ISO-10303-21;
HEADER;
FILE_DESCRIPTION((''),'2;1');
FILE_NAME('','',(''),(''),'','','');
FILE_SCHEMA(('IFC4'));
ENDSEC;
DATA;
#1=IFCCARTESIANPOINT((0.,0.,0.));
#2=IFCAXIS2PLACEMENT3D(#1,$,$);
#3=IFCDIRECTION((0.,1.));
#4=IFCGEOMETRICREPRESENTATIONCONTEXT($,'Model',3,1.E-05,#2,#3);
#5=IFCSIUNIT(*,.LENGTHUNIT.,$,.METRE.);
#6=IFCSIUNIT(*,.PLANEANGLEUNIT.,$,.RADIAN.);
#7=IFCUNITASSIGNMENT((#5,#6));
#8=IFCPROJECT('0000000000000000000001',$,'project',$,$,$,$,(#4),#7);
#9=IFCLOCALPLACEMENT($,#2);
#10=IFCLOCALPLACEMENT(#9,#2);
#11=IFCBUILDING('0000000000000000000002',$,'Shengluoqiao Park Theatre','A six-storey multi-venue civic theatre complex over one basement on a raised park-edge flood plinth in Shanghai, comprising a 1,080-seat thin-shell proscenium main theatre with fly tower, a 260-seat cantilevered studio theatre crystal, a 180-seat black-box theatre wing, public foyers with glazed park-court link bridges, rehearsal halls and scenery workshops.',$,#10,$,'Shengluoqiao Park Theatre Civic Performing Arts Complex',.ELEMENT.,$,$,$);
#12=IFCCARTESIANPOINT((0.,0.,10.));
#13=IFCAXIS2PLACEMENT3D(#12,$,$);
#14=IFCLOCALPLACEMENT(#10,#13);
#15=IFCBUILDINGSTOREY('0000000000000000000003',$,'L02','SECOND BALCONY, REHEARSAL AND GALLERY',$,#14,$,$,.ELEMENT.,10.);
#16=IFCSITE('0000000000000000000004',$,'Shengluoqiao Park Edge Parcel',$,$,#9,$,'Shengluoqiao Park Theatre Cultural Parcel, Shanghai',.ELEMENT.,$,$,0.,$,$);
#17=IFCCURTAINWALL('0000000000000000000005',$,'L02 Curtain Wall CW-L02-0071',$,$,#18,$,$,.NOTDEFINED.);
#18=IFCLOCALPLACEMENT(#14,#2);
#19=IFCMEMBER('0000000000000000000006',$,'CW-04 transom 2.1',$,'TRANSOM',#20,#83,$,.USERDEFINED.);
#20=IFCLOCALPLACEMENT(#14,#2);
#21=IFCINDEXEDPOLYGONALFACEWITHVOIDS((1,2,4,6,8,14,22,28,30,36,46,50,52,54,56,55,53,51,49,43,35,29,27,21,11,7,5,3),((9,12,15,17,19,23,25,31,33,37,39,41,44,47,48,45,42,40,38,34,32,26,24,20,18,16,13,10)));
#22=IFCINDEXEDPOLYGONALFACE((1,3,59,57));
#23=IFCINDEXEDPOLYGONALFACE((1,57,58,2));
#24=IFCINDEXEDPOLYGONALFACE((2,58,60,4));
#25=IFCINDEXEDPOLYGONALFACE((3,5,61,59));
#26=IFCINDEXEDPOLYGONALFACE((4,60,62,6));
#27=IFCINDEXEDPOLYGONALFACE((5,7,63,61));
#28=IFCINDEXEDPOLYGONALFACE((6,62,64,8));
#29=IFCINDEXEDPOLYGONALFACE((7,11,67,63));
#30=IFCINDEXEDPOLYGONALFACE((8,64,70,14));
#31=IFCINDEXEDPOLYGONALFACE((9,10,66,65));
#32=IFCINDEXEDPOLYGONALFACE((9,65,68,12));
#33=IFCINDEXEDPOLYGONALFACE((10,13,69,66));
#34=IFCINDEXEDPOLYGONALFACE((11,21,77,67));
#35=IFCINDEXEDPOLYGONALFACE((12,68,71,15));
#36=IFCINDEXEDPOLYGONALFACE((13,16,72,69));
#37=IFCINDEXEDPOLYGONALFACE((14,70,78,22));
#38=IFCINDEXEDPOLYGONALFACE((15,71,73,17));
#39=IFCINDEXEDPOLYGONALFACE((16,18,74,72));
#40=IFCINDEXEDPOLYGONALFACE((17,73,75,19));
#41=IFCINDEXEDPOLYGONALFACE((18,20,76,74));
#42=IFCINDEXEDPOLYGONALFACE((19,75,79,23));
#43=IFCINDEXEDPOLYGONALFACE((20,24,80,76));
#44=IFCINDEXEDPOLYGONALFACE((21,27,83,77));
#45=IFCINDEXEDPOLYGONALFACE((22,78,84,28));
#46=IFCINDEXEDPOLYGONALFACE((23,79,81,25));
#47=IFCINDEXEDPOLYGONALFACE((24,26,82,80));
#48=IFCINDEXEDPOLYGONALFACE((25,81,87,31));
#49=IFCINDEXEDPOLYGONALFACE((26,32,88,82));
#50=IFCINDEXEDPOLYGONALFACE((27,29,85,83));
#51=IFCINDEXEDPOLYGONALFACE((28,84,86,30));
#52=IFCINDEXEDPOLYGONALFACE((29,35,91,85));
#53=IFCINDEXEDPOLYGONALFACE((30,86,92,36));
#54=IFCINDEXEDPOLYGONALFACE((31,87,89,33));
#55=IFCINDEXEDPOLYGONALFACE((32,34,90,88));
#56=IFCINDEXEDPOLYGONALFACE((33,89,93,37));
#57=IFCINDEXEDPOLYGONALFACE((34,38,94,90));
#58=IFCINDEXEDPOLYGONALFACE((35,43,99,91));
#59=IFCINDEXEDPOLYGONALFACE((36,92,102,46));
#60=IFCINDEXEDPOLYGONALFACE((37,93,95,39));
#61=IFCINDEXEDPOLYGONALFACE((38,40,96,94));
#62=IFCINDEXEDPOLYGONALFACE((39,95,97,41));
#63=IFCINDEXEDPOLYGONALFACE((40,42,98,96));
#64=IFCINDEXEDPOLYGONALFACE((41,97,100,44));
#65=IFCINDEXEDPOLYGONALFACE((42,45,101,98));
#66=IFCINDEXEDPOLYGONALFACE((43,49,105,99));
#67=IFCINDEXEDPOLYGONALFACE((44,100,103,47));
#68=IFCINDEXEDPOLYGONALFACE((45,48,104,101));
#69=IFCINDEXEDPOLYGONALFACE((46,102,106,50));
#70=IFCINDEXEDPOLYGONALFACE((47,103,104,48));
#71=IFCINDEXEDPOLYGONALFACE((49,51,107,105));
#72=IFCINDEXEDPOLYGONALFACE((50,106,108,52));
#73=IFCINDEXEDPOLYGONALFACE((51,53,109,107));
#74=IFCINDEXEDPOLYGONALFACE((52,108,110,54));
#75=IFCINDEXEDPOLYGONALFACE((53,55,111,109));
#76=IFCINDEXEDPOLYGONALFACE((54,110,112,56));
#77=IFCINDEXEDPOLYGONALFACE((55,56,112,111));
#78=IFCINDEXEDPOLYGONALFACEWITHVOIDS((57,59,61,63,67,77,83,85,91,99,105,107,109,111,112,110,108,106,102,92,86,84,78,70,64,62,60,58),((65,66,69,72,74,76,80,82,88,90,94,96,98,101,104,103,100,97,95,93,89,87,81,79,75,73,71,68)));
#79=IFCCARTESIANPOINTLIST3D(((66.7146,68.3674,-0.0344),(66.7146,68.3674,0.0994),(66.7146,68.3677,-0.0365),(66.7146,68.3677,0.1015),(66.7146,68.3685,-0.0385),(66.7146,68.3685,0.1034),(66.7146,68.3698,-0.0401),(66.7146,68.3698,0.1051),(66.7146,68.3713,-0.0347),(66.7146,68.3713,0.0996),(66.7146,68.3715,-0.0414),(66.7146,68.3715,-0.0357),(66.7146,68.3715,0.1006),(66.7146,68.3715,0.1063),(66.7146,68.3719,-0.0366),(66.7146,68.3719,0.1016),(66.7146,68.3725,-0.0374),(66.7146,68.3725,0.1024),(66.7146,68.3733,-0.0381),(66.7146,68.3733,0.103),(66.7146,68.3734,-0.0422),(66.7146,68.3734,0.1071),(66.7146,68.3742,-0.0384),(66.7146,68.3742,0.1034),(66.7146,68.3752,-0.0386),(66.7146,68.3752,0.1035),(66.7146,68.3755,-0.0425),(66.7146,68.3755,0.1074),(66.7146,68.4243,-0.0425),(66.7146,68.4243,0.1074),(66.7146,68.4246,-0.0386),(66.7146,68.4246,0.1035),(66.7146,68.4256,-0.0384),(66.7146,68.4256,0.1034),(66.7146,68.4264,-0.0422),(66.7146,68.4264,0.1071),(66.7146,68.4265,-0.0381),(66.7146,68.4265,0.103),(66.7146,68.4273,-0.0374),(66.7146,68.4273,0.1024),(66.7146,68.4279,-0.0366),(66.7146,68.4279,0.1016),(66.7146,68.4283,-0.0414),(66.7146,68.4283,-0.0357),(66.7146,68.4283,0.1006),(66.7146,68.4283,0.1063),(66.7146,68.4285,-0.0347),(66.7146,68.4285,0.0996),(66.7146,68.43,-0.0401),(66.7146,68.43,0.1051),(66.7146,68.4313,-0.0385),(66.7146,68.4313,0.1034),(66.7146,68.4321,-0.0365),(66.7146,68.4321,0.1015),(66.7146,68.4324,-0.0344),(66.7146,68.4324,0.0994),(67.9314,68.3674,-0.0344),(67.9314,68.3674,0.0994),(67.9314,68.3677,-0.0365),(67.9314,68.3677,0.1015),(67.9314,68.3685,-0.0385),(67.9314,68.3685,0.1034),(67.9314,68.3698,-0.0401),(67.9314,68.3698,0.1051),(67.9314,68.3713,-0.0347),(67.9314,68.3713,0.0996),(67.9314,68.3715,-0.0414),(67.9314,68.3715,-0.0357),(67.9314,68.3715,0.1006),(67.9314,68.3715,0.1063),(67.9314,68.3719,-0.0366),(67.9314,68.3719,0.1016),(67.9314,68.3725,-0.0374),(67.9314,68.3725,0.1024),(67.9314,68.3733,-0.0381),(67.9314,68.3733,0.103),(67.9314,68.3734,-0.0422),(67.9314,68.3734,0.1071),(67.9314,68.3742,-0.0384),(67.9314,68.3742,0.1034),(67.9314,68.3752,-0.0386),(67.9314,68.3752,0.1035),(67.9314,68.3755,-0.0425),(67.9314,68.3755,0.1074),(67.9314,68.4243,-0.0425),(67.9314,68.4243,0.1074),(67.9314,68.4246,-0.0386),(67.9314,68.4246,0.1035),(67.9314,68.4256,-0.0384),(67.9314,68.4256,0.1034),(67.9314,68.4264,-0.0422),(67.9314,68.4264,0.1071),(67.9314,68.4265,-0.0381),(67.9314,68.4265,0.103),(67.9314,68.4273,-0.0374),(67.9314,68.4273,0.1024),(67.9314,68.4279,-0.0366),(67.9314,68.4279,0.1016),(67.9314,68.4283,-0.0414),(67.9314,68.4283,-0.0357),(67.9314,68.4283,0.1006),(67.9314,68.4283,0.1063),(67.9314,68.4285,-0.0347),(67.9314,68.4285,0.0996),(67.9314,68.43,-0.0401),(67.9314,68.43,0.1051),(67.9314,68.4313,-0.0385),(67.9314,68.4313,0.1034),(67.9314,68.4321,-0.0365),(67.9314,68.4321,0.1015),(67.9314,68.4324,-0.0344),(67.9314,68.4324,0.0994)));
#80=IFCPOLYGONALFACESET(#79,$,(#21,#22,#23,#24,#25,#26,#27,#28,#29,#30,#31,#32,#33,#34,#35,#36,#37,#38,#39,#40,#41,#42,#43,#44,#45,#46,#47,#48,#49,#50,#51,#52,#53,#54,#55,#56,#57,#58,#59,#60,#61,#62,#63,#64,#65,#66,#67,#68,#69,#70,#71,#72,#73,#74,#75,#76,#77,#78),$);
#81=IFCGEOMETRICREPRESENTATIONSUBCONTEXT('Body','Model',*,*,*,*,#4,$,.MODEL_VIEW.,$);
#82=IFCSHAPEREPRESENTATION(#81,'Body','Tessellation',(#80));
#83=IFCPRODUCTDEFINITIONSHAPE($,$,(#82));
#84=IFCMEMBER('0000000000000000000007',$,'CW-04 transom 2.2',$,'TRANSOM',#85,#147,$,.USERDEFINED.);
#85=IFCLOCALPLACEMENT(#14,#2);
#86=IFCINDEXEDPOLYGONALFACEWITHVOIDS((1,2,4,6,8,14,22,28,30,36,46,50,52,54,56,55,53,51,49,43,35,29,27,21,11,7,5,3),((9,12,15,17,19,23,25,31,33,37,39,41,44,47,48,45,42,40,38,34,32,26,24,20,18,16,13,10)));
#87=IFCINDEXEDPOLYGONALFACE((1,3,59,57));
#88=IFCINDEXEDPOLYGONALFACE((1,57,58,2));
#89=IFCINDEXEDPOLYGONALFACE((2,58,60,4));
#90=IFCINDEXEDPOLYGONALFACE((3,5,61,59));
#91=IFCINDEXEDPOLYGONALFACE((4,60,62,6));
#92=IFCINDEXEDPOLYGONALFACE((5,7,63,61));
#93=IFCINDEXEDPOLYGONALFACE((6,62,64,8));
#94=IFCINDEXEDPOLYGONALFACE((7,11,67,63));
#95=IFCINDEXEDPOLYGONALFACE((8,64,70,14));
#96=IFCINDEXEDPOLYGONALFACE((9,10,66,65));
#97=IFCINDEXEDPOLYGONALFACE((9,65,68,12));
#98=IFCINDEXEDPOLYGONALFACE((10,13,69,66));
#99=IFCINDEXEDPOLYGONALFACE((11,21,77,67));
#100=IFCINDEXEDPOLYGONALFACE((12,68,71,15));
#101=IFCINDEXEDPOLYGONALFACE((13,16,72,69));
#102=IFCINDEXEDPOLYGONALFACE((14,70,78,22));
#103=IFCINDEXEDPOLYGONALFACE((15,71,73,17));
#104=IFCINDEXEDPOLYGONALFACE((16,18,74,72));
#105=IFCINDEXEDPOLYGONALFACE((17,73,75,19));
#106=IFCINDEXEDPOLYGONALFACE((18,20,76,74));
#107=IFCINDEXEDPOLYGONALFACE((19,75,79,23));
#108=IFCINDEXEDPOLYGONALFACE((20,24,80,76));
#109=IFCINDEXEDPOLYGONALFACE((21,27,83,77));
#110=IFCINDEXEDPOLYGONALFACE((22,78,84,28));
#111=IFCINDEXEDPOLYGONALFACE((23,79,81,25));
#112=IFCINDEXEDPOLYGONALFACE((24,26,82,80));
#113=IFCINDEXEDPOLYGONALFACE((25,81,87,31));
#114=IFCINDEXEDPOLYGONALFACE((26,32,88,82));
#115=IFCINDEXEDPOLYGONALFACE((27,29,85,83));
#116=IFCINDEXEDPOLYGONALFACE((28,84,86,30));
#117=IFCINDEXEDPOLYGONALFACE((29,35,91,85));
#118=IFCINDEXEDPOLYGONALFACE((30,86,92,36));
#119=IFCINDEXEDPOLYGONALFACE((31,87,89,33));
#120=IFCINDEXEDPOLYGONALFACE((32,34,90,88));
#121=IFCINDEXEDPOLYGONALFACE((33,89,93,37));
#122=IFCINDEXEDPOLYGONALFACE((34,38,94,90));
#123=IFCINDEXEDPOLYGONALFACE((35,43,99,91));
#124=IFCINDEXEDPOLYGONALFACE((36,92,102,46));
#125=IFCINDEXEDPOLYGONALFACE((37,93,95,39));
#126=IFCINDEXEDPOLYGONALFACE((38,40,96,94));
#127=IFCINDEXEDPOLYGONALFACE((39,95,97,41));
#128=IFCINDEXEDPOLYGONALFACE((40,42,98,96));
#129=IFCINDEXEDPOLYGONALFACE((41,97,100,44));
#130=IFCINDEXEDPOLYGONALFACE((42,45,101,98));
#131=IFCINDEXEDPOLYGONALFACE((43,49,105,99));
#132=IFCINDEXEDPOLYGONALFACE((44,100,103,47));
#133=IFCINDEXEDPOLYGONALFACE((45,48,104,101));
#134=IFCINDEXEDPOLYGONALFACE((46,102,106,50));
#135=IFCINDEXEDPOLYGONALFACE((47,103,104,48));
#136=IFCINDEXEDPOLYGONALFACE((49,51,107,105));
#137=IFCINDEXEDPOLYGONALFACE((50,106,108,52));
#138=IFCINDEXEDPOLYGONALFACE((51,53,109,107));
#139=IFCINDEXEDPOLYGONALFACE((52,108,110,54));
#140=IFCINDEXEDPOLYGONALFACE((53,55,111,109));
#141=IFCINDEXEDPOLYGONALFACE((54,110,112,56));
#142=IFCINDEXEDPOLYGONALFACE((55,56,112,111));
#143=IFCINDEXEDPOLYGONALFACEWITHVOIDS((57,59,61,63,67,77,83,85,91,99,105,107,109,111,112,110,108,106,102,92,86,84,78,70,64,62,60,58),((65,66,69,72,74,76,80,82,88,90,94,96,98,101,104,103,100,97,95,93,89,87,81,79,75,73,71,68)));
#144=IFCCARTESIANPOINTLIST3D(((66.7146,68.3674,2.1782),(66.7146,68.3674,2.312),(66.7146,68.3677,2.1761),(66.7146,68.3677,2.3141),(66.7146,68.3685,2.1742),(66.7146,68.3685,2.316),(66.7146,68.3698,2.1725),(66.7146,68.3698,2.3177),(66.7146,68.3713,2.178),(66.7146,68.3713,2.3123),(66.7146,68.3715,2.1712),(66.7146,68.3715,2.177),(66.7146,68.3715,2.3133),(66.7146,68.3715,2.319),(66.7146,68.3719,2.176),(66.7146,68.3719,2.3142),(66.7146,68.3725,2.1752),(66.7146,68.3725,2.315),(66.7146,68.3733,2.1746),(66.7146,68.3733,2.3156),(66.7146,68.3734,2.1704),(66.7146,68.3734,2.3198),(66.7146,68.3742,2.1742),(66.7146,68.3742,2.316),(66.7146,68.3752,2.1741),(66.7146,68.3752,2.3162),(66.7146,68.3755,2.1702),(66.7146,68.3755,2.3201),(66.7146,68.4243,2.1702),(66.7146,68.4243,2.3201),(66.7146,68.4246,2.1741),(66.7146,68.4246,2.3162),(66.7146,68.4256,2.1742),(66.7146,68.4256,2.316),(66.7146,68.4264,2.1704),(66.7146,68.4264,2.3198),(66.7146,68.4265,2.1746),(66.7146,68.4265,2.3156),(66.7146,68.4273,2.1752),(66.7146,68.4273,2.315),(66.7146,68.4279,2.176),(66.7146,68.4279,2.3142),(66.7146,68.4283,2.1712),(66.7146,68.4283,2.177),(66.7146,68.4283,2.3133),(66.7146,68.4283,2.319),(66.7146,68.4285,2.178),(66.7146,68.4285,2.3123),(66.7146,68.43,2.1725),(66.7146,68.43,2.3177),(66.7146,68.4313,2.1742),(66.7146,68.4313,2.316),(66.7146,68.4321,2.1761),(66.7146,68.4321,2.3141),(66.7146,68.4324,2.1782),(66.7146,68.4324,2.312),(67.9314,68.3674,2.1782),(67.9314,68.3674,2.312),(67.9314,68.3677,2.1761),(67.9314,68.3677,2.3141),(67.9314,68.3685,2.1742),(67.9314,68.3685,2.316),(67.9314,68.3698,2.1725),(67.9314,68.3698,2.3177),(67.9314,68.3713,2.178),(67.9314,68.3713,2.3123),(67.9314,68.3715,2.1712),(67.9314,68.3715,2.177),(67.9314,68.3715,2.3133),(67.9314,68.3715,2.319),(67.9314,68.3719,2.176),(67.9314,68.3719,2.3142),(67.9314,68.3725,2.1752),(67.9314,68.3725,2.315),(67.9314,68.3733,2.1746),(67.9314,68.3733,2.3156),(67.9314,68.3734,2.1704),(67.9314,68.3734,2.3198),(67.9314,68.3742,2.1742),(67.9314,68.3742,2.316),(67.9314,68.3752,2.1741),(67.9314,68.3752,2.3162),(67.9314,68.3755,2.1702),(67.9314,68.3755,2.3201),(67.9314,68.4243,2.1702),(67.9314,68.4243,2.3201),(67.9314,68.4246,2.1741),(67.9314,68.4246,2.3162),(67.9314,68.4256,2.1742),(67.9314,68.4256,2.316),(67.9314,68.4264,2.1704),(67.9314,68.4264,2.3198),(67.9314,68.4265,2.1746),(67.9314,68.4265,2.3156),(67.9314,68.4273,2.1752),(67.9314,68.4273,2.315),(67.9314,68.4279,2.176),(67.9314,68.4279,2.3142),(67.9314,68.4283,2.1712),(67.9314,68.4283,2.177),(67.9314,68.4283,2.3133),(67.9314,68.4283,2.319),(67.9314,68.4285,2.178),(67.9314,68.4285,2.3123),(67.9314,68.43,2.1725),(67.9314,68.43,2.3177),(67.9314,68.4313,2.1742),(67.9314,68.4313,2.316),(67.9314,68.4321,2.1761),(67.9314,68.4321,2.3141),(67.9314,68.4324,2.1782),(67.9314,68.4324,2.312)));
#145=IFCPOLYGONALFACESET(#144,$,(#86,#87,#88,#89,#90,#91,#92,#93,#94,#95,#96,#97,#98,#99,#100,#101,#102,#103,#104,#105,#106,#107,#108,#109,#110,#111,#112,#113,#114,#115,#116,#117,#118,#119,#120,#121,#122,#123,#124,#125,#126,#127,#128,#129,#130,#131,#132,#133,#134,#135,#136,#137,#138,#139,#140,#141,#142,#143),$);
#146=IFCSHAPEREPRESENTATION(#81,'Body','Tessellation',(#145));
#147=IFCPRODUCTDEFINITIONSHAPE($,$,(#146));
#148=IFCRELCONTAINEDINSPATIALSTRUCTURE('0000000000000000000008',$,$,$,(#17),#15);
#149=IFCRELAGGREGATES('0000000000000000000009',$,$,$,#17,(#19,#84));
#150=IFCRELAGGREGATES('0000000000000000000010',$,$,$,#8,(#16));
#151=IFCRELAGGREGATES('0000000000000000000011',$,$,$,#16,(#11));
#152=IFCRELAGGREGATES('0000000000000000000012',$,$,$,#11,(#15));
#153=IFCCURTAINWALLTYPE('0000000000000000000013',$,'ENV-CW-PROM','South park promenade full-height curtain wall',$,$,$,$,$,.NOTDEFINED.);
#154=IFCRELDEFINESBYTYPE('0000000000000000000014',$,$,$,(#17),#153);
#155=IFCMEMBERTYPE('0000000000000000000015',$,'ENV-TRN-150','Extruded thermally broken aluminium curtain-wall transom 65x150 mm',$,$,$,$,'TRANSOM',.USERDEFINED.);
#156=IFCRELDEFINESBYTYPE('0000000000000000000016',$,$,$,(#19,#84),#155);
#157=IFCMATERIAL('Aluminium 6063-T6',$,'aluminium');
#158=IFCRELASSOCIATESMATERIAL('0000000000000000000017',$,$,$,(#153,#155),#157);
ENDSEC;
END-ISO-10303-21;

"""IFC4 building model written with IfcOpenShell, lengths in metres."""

from ifc_helpers import new_model, si_unit, direction, frame, origin, origin_2d, place, context, subcontext, project, spatial, hollow_rectangle, extrude, material, material_profile, profile_set, type_object, element, aggregate, save


model = new_model("IFC4")

# Units and contexts
model_context = context("Model", 3, precision=1e-05, world=origin(), true_north=direction((0.0, 1.0)))
body_context = subcontext(model_context, "Body", "Model", "MODEL_VIEW")
ifc_project = project(units=[si_unit("LENGTHUNIT", "METRE"), si_unit("PLANEANGLEUNIT", "RADIAN")], contexts=[model_context])

# Site, building, storey
site_placement = place(None, origin())
site = spatial("IfcSite", under=ifc_project, at=site_placement, Name="Shengluoqiao Park Edge Parcel", LongName="Shengluoqiao Park Theatre Cultural Parcel, Shanghai", CompositionType="ELEMENT", RefElevation=0.0)
building_placement = place(site_placement, origin())
building = spatial("IfcBuilding", under=site, at=building_placement, Name="Shengluoqiao Park Theatre", Description="A six-storey multi-venue civic theatre complex over one basement on a raised park-edge flood plinth in Shanghai, comprising a 1,080-seat thin-shell proscenium main theatre with fly tower, a 260-seat cantilevered studio theatre crystal, a 180-seat black-box theatre wing, public foyers with glazed park-court link bridges, rehearsal halls and scenery workshops.", LongName="Shengluoqiao Park Theatre Civic Performing Arts Complex", CompositionType="ELEMENT")
storey_placement = place(building_placement, frame((0.0, 0.0, 10.0)))
storey = spatial("IfcBuildingStorey", under=building, at=storey_placement, Name="L02", Description="SECOND BALCONY, REHEARSAL AND GALLERY", CompositionType="ELEMENT", Elevation=10.0)

# Curtain wall
ifc_material_1 = material(Name="Aluminium 6063-T6", Category="aluminium")
curtain_wall_type = type_object("IfcCurtainWallType", Name="ENV-CW-PROM", Description="South park promenade full-height curtain wall", PredefinedType="NOTDEFINED", material=ifc_material_1)
curtain_wall_1_placement = place(storey_placement, origin())
curtain_wall_1 = element("IfcCurtainWall", 1, at=curtain_wall_1_placement, inside=storey, type_object=curtain_wall_type, Name="L02 Curtain Wall CW-L02-0071", PredefinedType="NOTDEFINED")

# Members
ifc_material_profile_1 = material_profile(ifc_material_1, hollow_rectangle(XDim=0.0649, YDim=0.1499, WallThickness=0.0039, InnerFilletRadius=0.0039, OuterFilletRadius=0.0081, at=origin_2d()), Name="ALU TRANSOM 150x65x4")
ifc_profile_set_1 = profile_set([ifc_material_profile_1], Name="Aluminium 6063-T6")
member_type_1 = type_object("IfcMemberType", Name="ENV-TRN-150", Description="Extruded thermally broken aluminium curtain-wall transom 65x150 mm", ElementType="TRANSOM", PredefinedType="USERDEFINED", material=ifc_profile_set_1)
member_1_placement = place(storey_placement, frame((66.7146, 68.3999, 0.0325), z_axis=(1.0, 0.0, 0.0), x_axis=(0.0, 1.0, 0.0)))
member_1 = element("IfcMember", 2, at=member_1_placement, type_object=member_type_1, Name="CW-04 transom 2.1", ObjectType="TRANSOM", PredefinedType="USERDEFINED", context=body_context, shape_type="SweptSolid", body=[
    extrude(hollow_rectangle(XDim=0.0649, YDim=0.1499, WallThickness=0.0039, InnerFilletRadius=0.0039, OuterFilletRadius=0.0081, at=origin_2d()), origin(), (0.0, 0.0, 1.0), 1.2168),
])
member_2_placement = place(storey_placement, frame((66.7146, 68.3999, 2.2451), z_axis=(1.0, 0.0, 0.0), x_axis=(0.0, 1.0, 0.0)))
member_2 = element("IfcMember", 3, at=member_2_placement, type_object=member_type_1, Name="CW-04 transom 2.2", ObjectType="TRANSOM", PredefinedType="USERDEFINED", context=body_context, shape_type="SweptSolid", body=[
    extrude(hollow_rectangle(XDim=0.0649, YDim=0.1499, WallThickness=0.0039, InnerFilletRadius=0.0039, OuterFilletRadius=0.0081, at=origin_2d()), origin(), (0.0, 0.0, 1.0), 1.2168),
])

aggregate(curtain_wall_1, [member_1, member_2])

save(model, "model.ifc")
